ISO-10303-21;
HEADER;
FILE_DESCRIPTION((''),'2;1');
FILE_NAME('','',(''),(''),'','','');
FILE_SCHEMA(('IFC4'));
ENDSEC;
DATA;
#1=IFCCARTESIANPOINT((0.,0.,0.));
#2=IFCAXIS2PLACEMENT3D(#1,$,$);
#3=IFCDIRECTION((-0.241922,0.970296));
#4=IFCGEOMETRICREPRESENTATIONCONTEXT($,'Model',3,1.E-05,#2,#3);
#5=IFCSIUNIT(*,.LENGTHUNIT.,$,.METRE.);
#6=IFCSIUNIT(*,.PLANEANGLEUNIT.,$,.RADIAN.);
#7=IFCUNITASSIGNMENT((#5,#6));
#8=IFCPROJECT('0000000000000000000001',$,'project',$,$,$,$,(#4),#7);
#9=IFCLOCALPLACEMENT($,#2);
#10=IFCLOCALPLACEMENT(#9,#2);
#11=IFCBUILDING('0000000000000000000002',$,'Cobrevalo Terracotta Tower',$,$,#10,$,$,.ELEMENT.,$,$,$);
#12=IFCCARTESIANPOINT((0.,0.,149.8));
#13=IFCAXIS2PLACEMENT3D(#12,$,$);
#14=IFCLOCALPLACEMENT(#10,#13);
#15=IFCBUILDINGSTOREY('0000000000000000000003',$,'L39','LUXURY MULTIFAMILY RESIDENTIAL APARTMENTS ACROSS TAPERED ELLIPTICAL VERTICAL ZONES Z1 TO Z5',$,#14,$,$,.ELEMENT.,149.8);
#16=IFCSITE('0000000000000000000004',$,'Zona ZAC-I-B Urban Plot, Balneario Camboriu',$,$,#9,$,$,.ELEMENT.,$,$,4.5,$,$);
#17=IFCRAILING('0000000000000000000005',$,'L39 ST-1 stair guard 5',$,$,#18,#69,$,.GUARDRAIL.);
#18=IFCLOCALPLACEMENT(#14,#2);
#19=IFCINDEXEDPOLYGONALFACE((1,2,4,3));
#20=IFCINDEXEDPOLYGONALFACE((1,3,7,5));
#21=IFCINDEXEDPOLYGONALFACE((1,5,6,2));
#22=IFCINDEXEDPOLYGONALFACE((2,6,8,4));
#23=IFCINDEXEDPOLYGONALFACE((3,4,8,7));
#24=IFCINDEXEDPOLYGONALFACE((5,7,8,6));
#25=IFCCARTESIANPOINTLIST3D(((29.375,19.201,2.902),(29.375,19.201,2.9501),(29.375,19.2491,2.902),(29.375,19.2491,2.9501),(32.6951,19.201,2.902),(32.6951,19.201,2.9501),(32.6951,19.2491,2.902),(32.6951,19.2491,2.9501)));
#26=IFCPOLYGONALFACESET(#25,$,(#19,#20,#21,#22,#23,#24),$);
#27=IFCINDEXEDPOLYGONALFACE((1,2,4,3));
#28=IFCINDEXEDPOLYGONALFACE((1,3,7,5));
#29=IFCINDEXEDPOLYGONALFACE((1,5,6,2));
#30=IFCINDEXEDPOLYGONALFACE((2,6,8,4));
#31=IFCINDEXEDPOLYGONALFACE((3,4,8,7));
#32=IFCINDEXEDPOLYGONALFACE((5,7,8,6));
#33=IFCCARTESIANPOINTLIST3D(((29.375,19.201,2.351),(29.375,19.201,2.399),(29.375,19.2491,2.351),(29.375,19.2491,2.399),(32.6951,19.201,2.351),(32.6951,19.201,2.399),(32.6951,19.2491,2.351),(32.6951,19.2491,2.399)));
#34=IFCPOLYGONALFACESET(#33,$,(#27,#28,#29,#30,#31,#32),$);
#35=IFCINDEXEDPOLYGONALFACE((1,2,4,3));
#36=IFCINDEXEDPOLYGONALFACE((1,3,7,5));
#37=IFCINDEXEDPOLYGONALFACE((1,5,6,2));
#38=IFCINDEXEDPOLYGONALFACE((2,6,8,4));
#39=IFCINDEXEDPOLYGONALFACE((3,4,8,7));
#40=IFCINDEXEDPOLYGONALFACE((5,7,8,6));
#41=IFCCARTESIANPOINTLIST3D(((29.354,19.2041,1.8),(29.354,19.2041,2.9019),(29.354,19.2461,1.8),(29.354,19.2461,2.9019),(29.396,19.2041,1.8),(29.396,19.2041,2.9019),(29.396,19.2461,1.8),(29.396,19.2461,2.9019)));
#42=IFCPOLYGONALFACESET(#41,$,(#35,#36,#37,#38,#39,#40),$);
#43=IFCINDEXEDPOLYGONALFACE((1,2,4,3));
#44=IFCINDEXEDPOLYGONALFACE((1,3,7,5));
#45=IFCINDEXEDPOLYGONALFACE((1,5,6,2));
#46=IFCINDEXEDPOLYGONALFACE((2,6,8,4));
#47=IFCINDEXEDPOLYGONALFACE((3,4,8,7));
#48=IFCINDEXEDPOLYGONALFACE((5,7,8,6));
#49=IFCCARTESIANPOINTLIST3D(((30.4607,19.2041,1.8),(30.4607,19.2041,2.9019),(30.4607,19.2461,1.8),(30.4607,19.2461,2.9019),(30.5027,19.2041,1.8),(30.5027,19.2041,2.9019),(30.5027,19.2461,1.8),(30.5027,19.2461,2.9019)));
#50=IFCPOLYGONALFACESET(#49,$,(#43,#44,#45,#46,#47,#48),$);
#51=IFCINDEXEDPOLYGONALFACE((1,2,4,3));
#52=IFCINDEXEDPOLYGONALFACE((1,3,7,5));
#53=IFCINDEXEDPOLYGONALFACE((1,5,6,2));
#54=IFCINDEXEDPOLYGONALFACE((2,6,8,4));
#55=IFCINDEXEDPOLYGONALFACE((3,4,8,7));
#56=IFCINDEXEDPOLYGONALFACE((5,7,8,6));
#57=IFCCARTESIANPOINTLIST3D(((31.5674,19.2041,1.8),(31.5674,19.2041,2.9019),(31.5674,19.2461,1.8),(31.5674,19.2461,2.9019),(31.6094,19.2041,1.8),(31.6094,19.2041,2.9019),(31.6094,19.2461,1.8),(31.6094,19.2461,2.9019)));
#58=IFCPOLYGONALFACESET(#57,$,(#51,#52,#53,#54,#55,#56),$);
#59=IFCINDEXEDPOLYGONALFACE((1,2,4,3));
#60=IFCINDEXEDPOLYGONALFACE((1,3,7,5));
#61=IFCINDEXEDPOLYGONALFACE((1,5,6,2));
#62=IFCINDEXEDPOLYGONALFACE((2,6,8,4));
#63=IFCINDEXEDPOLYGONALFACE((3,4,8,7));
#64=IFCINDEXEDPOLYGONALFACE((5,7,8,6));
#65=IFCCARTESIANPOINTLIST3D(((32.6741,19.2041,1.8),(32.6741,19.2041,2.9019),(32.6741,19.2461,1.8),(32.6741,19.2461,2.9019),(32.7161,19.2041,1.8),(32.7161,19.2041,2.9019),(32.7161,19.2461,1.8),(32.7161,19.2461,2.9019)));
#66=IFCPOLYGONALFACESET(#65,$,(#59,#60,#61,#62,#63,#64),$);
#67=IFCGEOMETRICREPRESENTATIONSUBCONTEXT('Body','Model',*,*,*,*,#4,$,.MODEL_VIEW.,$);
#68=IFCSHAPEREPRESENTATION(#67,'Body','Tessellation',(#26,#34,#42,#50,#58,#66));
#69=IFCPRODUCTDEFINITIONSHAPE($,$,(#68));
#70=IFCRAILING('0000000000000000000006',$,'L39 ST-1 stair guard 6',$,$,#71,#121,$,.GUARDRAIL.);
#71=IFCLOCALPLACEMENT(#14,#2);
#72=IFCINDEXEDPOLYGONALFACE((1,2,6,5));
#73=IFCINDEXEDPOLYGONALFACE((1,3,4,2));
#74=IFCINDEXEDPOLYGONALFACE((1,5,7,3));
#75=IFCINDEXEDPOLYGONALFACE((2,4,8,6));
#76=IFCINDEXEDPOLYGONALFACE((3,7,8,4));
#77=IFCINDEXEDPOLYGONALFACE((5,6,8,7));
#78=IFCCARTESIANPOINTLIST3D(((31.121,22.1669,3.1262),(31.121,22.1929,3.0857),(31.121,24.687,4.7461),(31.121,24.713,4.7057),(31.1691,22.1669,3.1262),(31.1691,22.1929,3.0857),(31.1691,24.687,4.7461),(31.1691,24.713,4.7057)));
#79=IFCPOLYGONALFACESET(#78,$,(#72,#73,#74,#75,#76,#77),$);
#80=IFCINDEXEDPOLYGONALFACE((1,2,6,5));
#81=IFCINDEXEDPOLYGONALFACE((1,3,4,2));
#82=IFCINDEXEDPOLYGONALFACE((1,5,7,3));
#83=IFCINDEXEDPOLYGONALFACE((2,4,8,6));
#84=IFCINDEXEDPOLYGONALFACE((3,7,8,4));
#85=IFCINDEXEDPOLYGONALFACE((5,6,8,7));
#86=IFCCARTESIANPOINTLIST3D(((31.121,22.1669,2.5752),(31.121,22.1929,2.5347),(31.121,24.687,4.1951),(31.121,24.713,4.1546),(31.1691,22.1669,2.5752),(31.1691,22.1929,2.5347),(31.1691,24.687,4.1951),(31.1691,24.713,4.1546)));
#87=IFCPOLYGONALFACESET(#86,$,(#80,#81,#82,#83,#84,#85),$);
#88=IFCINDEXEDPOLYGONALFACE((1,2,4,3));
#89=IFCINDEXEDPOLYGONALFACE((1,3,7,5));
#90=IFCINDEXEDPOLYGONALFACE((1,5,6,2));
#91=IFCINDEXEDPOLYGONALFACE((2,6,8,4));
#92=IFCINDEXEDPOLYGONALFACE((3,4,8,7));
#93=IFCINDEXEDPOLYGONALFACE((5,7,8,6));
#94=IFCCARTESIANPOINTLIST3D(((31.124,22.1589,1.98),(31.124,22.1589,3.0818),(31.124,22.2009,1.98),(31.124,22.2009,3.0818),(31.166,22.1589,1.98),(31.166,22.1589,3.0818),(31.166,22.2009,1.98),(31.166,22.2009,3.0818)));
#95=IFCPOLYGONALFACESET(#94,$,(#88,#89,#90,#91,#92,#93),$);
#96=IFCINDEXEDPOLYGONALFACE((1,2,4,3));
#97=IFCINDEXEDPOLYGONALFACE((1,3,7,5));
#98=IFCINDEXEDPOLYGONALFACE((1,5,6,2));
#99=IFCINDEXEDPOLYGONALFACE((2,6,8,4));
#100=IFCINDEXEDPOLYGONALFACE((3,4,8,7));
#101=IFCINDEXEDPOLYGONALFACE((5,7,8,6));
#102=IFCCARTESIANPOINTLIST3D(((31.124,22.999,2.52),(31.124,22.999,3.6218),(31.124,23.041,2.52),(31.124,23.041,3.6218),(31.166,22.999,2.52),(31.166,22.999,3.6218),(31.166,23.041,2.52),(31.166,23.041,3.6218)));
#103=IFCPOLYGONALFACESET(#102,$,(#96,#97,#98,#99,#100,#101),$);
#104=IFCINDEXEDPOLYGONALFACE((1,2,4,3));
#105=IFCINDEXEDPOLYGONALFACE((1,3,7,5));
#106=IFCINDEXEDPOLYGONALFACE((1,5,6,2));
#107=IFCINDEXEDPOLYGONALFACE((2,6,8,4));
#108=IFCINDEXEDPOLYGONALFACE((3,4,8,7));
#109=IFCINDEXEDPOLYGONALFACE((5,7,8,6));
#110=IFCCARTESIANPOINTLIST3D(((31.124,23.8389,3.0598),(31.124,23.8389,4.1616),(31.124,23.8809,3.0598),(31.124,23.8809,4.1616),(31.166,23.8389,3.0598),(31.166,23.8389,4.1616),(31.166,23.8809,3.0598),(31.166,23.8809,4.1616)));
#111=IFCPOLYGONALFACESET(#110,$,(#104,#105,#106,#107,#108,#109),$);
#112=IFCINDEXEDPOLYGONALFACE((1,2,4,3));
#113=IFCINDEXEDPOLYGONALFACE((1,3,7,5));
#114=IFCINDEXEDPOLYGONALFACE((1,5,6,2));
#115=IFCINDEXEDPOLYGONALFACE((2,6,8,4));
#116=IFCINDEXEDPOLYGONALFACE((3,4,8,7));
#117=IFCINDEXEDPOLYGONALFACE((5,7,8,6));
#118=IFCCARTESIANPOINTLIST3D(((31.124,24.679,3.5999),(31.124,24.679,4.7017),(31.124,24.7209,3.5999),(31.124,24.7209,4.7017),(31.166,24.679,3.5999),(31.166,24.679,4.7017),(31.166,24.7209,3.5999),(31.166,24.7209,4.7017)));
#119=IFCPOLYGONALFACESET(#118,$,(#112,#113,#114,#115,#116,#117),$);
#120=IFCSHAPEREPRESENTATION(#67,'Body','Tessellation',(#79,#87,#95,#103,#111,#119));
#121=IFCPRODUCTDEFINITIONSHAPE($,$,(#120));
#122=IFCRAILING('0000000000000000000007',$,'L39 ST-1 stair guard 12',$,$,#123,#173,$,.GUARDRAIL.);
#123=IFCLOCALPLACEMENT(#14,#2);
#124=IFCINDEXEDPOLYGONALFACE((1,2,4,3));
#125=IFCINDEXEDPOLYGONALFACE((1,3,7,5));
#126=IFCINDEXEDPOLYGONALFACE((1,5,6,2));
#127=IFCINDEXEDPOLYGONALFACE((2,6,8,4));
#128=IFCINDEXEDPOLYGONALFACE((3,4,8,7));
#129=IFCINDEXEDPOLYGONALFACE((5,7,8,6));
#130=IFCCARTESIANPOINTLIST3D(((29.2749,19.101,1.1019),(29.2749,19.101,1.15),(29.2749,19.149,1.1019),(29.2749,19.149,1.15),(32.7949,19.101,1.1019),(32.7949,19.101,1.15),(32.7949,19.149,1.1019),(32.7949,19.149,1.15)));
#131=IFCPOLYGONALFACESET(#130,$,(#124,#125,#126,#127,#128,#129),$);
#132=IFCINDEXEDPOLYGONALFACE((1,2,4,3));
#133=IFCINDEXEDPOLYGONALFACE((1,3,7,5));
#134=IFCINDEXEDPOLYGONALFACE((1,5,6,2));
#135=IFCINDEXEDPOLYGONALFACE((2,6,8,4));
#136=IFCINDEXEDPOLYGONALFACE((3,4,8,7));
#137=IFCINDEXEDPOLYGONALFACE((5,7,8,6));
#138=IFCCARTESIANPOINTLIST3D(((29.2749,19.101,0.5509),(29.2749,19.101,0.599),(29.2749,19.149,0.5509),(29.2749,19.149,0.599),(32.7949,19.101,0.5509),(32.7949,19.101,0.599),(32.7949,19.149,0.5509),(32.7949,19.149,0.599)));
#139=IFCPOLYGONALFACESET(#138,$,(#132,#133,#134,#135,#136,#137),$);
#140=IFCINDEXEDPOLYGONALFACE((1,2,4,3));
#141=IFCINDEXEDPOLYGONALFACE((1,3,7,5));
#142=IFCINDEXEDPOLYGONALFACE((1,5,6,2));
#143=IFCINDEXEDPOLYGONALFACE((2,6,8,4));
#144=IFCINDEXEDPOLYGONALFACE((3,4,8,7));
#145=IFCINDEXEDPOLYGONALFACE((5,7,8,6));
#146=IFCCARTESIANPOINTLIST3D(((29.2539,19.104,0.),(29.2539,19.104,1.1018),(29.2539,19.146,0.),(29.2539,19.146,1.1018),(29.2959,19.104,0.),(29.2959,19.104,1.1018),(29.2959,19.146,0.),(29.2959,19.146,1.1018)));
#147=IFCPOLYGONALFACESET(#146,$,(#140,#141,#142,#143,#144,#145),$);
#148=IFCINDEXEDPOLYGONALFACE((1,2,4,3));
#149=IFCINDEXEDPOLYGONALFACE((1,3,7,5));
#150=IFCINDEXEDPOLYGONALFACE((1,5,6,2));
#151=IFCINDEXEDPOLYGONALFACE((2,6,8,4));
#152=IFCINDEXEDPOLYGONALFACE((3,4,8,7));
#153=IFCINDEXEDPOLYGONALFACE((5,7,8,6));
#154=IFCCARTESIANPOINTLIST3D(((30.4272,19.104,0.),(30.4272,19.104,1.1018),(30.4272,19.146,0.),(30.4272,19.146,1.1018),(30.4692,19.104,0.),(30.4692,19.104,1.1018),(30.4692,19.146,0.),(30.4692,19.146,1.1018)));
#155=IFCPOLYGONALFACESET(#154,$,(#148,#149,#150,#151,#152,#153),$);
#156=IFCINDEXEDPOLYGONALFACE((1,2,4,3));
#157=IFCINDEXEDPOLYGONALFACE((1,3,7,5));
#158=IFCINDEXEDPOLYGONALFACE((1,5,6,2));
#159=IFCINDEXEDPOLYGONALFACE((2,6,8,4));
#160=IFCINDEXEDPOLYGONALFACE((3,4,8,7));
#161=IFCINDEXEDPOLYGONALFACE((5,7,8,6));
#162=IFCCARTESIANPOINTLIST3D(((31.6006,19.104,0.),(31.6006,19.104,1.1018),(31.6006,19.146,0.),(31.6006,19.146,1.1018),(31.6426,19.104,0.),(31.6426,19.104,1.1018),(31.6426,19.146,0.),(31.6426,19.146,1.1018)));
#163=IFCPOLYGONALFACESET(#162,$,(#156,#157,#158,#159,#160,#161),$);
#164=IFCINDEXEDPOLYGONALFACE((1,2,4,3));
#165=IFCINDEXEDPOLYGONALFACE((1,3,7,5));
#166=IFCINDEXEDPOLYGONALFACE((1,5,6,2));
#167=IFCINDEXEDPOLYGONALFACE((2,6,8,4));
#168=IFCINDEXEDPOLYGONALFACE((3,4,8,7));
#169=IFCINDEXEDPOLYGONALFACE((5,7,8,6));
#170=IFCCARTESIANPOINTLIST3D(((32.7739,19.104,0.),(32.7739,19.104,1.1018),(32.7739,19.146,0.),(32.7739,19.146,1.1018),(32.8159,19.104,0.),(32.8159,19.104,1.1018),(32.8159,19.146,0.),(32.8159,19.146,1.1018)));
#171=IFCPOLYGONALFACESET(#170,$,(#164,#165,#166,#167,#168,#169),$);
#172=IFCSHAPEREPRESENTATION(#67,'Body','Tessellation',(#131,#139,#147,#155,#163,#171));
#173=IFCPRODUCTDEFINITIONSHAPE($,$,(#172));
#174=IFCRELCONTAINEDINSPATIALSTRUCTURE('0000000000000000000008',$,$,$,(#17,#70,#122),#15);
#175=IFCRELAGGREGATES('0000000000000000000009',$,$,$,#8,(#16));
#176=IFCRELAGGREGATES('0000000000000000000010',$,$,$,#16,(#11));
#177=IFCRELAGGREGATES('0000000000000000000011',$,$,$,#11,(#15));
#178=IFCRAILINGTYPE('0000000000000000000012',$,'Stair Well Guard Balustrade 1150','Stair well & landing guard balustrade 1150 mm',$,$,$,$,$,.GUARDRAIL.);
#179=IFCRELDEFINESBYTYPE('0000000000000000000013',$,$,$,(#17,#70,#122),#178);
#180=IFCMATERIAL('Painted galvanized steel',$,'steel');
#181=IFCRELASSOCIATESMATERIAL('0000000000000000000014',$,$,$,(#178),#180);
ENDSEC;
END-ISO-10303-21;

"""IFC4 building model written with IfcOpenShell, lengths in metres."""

from ifc_helpers import new_model, si_unit, direction, frame, origin, origin_2d, place, context, subcontext, project, spatial, rectangle, extrude, material, type_object, element, save


model = new_model("IFC4")

# Units and contexts
model_context = context("Model", 3, precision=1e-05, world=origin(), true_north=direction((-0.241922, 0.970296)))
body_context = subcontext(model_context, "Body", "Model", "MODEL_VIEW")
ifc_project = project(units=[si_unit("LENGTHUNIT", "METRE"), si_unit("PLANEANGLEUNIT", "RADIAN")], contexts=[model_context])

# Site, building, storey
site_placement = place(None, origin())
site = spatial("IfcSite", under=ifc_project, at=site_placement, Name="Zona ZAC-I-B Urban Plot, Balneario Camboriu", CompositionType="ELEMENT", RefElevation=4.5)
building_placement = place(site_placement, origin())
building = spatial("IfcBuilding", under=site, at=building_placement, Name="Cobrevalo Terracotta Tower", CompositionType="ELEMENT")
storey_placement = place(building_placement, frame((0.0, 0.0, 149.8)))
storey = spatial("IfcBuildingStorey", under=building, at=storey_placement, Name="L39", Description="LUXURY MULTIFAMILY RESIDENTIAL APARTMENTS ACROSS TAPERED ELLIPTICAL VERTICAL ZONES Z1 TO Z5", CompositionType="ELEMENT", Elevation=149.8)

# Railings
ifc_material_1 = material(Name="Painted galvanized steel", Category="steel")
railing_type_1 = type_object("IfcRailingType", Name="Stair Well Guard Balustrade 1150", Description="Stair well & landing guard balustrade 1150 mm", PredefinedType="GUARDRAIL", material=ifc_material_1)
railing_1_placement = place(storey_placement, frame((29.375, 19.2251, 1.8)))
element("IfcRailing", 1, at=railing_1_placement, inside=storey, type_object=railing_type_1, Name="L39 ST-1 stair guard 5", PredefinedType="GUARDRAIL", context=body_context, shape_type="SweptSolid", body=[
    extrude(rectangle(XDim=0.0481, YDim=0.0481, at=origin_2d()), frame((0.0, 0.0, 1.126), z_axis=(1.0, 0.0, 0.0), x_axis=(0.0, 1.0, 0.0)), (0.0, 0.0, 1.0), 3.3201),
    extrude(rectangle(XDim=0.0481, YDim=0.0481, at=origin_2d()), frame((0.0, 0.0, 0.575), z_axis=(1.0, 0.0, 0.0), x_axis=(0.0, 1.0, 0.0)), (0.0, 0.0, 1.0), 3.3201),
    extrude(rectangle(XDim=0.042, YDim=0.042, at=origin_2d()), origin(), (0.0, 0.0, 1.0), 1.1018),
    extrude(rectangle(XDim=0.042, YDim=0.042, at=origin_2d()), frame((1.1067, 0.0, 0.0)), (0.0, 0.0, 1.0), 1.1018),
    extrude(rectangle(XDim=0.042, YDim=0.042, at=origin_2d()), frame((2.2134, 0.0, 0.0)), (0.0, 0.0, 1.0), 1.1018),
    extrude(rectangle(XDim=0.042, YDim=0.042, at=origin_2d()), frame((3.3201, 0.0, 0.0)), (0.0, 0.0, 1.0), 1.1018),
])
railing_2_placement = place(storey_placement, frame((31.145, 22.1799, 1.98)))
element("IfcRailing", 2, at=railing_2_placement, inside=storey, type_object=railing_type_1, Name="L39 ST-1 stair guard 6", PredefinedType="GUARDRAIL", context=body_context, shape_type="SweptSolid", body=[
    extrude(rectangle(XDim=0.0481, YDim=0.0481, at=origin_2d()), frame((0.0, 0.0, 1.126), z_axis=(0.0, 0.8412, 0.540725), x_axis=(-1.0, 0.0, 0.0)), (0.0, 0.0, 1.0), 2.9958),
    extrude(rectangle(XDim=0.0481, YDim=0.0481, at=origin_2d()), frame((0.0, 0.0, 0.575), z_axis=(0.0, 0.8412, 0.540725), x_axis=(-1.0, 0.0, 0.0)), (0.0, 0.0, 1.0), 2.9958),
    extrude(rectangle(XDim=0.042, YDim=0.042, at=origin_2d()), origin(), (0.0, 0.0, 1.0), 1.1018),
    extrude(rectangle(XDim=0.042, YDim=0.042, at=origin_2d()), frame((0.0, 0.8401, 0.54)), (0.0, 0.0, 1.0), 1.1018),
    extrude(rectangle(XDim=0.042, YDim=0.042, at=origin_2d()), frame((0.0, 1.6799, 1.0798)), (0.0, 0.0, 1.0), 1.1018),
    extrude(rectangle(XDim=0.042, YDim=0.042, at=origin_2d()), frame((0.0, 2.52, 1.6199)), (0.0, 0.0, 1.0), 1.1018),
])
railing_3_placement = place(storey_placement, frame((29.2749, 19.125, 0.0)))
element("IfcRailing", 3, at=railing_3_placement, inside=storey, type_object=railing_type_1, Name="L39 ST-1 stair guard 12", PredefinedType="GUARDRAIL", context=body_context, shape_type="SweptSolid", body=[
    extrude(rectangle(XDim=0.0481, YDim=0.0481, at=origin_2d()), frame((0.0, 0.0, 1.126), z_axis=(1.0, 0.0, 0.0), x_axis=(0.0, 1.0, 0.0)), (0.0, 0.0, 1.0), 3.52),
    extrude(rectangle(XDim=0.0481, YDim=0.0481, at=origin_2d()), frame((0.0, 0.0, 0.575), z_axis=(1.0, 0.0, 0.0), x_axis=(0.0, 1.0, 0.0)), (0.0, 0.0, 1.0), 3.52),
    extrude(rectangle(XDim=0.042, YDim=0.042, at=origin_2d()), origin(), (0.0, 0.0, 1.0), 1.1018),
    extrude(rectangle(XDim=0.042, YDim=0.042, at=origin_2d()), frame((1.1733, 0.0, 0.0)), (0.0, 0.0, 1.0), 1.1018),
    extrude(rectangle(XDim=0.042, YDim=0.042, at=origin_2d()), frame((2.3467, 0.0, 0.0)), (0.0, 0.0, 1.0), 1.1018),
    extrude(rectangle(XDim=0.042, YDim=0.042, at=origin_2d()), frame((3.52, 0.0, 0.0)), (0.0, 0.0, 1.0), 1.1018),
])

save(model, "model.ifc")
